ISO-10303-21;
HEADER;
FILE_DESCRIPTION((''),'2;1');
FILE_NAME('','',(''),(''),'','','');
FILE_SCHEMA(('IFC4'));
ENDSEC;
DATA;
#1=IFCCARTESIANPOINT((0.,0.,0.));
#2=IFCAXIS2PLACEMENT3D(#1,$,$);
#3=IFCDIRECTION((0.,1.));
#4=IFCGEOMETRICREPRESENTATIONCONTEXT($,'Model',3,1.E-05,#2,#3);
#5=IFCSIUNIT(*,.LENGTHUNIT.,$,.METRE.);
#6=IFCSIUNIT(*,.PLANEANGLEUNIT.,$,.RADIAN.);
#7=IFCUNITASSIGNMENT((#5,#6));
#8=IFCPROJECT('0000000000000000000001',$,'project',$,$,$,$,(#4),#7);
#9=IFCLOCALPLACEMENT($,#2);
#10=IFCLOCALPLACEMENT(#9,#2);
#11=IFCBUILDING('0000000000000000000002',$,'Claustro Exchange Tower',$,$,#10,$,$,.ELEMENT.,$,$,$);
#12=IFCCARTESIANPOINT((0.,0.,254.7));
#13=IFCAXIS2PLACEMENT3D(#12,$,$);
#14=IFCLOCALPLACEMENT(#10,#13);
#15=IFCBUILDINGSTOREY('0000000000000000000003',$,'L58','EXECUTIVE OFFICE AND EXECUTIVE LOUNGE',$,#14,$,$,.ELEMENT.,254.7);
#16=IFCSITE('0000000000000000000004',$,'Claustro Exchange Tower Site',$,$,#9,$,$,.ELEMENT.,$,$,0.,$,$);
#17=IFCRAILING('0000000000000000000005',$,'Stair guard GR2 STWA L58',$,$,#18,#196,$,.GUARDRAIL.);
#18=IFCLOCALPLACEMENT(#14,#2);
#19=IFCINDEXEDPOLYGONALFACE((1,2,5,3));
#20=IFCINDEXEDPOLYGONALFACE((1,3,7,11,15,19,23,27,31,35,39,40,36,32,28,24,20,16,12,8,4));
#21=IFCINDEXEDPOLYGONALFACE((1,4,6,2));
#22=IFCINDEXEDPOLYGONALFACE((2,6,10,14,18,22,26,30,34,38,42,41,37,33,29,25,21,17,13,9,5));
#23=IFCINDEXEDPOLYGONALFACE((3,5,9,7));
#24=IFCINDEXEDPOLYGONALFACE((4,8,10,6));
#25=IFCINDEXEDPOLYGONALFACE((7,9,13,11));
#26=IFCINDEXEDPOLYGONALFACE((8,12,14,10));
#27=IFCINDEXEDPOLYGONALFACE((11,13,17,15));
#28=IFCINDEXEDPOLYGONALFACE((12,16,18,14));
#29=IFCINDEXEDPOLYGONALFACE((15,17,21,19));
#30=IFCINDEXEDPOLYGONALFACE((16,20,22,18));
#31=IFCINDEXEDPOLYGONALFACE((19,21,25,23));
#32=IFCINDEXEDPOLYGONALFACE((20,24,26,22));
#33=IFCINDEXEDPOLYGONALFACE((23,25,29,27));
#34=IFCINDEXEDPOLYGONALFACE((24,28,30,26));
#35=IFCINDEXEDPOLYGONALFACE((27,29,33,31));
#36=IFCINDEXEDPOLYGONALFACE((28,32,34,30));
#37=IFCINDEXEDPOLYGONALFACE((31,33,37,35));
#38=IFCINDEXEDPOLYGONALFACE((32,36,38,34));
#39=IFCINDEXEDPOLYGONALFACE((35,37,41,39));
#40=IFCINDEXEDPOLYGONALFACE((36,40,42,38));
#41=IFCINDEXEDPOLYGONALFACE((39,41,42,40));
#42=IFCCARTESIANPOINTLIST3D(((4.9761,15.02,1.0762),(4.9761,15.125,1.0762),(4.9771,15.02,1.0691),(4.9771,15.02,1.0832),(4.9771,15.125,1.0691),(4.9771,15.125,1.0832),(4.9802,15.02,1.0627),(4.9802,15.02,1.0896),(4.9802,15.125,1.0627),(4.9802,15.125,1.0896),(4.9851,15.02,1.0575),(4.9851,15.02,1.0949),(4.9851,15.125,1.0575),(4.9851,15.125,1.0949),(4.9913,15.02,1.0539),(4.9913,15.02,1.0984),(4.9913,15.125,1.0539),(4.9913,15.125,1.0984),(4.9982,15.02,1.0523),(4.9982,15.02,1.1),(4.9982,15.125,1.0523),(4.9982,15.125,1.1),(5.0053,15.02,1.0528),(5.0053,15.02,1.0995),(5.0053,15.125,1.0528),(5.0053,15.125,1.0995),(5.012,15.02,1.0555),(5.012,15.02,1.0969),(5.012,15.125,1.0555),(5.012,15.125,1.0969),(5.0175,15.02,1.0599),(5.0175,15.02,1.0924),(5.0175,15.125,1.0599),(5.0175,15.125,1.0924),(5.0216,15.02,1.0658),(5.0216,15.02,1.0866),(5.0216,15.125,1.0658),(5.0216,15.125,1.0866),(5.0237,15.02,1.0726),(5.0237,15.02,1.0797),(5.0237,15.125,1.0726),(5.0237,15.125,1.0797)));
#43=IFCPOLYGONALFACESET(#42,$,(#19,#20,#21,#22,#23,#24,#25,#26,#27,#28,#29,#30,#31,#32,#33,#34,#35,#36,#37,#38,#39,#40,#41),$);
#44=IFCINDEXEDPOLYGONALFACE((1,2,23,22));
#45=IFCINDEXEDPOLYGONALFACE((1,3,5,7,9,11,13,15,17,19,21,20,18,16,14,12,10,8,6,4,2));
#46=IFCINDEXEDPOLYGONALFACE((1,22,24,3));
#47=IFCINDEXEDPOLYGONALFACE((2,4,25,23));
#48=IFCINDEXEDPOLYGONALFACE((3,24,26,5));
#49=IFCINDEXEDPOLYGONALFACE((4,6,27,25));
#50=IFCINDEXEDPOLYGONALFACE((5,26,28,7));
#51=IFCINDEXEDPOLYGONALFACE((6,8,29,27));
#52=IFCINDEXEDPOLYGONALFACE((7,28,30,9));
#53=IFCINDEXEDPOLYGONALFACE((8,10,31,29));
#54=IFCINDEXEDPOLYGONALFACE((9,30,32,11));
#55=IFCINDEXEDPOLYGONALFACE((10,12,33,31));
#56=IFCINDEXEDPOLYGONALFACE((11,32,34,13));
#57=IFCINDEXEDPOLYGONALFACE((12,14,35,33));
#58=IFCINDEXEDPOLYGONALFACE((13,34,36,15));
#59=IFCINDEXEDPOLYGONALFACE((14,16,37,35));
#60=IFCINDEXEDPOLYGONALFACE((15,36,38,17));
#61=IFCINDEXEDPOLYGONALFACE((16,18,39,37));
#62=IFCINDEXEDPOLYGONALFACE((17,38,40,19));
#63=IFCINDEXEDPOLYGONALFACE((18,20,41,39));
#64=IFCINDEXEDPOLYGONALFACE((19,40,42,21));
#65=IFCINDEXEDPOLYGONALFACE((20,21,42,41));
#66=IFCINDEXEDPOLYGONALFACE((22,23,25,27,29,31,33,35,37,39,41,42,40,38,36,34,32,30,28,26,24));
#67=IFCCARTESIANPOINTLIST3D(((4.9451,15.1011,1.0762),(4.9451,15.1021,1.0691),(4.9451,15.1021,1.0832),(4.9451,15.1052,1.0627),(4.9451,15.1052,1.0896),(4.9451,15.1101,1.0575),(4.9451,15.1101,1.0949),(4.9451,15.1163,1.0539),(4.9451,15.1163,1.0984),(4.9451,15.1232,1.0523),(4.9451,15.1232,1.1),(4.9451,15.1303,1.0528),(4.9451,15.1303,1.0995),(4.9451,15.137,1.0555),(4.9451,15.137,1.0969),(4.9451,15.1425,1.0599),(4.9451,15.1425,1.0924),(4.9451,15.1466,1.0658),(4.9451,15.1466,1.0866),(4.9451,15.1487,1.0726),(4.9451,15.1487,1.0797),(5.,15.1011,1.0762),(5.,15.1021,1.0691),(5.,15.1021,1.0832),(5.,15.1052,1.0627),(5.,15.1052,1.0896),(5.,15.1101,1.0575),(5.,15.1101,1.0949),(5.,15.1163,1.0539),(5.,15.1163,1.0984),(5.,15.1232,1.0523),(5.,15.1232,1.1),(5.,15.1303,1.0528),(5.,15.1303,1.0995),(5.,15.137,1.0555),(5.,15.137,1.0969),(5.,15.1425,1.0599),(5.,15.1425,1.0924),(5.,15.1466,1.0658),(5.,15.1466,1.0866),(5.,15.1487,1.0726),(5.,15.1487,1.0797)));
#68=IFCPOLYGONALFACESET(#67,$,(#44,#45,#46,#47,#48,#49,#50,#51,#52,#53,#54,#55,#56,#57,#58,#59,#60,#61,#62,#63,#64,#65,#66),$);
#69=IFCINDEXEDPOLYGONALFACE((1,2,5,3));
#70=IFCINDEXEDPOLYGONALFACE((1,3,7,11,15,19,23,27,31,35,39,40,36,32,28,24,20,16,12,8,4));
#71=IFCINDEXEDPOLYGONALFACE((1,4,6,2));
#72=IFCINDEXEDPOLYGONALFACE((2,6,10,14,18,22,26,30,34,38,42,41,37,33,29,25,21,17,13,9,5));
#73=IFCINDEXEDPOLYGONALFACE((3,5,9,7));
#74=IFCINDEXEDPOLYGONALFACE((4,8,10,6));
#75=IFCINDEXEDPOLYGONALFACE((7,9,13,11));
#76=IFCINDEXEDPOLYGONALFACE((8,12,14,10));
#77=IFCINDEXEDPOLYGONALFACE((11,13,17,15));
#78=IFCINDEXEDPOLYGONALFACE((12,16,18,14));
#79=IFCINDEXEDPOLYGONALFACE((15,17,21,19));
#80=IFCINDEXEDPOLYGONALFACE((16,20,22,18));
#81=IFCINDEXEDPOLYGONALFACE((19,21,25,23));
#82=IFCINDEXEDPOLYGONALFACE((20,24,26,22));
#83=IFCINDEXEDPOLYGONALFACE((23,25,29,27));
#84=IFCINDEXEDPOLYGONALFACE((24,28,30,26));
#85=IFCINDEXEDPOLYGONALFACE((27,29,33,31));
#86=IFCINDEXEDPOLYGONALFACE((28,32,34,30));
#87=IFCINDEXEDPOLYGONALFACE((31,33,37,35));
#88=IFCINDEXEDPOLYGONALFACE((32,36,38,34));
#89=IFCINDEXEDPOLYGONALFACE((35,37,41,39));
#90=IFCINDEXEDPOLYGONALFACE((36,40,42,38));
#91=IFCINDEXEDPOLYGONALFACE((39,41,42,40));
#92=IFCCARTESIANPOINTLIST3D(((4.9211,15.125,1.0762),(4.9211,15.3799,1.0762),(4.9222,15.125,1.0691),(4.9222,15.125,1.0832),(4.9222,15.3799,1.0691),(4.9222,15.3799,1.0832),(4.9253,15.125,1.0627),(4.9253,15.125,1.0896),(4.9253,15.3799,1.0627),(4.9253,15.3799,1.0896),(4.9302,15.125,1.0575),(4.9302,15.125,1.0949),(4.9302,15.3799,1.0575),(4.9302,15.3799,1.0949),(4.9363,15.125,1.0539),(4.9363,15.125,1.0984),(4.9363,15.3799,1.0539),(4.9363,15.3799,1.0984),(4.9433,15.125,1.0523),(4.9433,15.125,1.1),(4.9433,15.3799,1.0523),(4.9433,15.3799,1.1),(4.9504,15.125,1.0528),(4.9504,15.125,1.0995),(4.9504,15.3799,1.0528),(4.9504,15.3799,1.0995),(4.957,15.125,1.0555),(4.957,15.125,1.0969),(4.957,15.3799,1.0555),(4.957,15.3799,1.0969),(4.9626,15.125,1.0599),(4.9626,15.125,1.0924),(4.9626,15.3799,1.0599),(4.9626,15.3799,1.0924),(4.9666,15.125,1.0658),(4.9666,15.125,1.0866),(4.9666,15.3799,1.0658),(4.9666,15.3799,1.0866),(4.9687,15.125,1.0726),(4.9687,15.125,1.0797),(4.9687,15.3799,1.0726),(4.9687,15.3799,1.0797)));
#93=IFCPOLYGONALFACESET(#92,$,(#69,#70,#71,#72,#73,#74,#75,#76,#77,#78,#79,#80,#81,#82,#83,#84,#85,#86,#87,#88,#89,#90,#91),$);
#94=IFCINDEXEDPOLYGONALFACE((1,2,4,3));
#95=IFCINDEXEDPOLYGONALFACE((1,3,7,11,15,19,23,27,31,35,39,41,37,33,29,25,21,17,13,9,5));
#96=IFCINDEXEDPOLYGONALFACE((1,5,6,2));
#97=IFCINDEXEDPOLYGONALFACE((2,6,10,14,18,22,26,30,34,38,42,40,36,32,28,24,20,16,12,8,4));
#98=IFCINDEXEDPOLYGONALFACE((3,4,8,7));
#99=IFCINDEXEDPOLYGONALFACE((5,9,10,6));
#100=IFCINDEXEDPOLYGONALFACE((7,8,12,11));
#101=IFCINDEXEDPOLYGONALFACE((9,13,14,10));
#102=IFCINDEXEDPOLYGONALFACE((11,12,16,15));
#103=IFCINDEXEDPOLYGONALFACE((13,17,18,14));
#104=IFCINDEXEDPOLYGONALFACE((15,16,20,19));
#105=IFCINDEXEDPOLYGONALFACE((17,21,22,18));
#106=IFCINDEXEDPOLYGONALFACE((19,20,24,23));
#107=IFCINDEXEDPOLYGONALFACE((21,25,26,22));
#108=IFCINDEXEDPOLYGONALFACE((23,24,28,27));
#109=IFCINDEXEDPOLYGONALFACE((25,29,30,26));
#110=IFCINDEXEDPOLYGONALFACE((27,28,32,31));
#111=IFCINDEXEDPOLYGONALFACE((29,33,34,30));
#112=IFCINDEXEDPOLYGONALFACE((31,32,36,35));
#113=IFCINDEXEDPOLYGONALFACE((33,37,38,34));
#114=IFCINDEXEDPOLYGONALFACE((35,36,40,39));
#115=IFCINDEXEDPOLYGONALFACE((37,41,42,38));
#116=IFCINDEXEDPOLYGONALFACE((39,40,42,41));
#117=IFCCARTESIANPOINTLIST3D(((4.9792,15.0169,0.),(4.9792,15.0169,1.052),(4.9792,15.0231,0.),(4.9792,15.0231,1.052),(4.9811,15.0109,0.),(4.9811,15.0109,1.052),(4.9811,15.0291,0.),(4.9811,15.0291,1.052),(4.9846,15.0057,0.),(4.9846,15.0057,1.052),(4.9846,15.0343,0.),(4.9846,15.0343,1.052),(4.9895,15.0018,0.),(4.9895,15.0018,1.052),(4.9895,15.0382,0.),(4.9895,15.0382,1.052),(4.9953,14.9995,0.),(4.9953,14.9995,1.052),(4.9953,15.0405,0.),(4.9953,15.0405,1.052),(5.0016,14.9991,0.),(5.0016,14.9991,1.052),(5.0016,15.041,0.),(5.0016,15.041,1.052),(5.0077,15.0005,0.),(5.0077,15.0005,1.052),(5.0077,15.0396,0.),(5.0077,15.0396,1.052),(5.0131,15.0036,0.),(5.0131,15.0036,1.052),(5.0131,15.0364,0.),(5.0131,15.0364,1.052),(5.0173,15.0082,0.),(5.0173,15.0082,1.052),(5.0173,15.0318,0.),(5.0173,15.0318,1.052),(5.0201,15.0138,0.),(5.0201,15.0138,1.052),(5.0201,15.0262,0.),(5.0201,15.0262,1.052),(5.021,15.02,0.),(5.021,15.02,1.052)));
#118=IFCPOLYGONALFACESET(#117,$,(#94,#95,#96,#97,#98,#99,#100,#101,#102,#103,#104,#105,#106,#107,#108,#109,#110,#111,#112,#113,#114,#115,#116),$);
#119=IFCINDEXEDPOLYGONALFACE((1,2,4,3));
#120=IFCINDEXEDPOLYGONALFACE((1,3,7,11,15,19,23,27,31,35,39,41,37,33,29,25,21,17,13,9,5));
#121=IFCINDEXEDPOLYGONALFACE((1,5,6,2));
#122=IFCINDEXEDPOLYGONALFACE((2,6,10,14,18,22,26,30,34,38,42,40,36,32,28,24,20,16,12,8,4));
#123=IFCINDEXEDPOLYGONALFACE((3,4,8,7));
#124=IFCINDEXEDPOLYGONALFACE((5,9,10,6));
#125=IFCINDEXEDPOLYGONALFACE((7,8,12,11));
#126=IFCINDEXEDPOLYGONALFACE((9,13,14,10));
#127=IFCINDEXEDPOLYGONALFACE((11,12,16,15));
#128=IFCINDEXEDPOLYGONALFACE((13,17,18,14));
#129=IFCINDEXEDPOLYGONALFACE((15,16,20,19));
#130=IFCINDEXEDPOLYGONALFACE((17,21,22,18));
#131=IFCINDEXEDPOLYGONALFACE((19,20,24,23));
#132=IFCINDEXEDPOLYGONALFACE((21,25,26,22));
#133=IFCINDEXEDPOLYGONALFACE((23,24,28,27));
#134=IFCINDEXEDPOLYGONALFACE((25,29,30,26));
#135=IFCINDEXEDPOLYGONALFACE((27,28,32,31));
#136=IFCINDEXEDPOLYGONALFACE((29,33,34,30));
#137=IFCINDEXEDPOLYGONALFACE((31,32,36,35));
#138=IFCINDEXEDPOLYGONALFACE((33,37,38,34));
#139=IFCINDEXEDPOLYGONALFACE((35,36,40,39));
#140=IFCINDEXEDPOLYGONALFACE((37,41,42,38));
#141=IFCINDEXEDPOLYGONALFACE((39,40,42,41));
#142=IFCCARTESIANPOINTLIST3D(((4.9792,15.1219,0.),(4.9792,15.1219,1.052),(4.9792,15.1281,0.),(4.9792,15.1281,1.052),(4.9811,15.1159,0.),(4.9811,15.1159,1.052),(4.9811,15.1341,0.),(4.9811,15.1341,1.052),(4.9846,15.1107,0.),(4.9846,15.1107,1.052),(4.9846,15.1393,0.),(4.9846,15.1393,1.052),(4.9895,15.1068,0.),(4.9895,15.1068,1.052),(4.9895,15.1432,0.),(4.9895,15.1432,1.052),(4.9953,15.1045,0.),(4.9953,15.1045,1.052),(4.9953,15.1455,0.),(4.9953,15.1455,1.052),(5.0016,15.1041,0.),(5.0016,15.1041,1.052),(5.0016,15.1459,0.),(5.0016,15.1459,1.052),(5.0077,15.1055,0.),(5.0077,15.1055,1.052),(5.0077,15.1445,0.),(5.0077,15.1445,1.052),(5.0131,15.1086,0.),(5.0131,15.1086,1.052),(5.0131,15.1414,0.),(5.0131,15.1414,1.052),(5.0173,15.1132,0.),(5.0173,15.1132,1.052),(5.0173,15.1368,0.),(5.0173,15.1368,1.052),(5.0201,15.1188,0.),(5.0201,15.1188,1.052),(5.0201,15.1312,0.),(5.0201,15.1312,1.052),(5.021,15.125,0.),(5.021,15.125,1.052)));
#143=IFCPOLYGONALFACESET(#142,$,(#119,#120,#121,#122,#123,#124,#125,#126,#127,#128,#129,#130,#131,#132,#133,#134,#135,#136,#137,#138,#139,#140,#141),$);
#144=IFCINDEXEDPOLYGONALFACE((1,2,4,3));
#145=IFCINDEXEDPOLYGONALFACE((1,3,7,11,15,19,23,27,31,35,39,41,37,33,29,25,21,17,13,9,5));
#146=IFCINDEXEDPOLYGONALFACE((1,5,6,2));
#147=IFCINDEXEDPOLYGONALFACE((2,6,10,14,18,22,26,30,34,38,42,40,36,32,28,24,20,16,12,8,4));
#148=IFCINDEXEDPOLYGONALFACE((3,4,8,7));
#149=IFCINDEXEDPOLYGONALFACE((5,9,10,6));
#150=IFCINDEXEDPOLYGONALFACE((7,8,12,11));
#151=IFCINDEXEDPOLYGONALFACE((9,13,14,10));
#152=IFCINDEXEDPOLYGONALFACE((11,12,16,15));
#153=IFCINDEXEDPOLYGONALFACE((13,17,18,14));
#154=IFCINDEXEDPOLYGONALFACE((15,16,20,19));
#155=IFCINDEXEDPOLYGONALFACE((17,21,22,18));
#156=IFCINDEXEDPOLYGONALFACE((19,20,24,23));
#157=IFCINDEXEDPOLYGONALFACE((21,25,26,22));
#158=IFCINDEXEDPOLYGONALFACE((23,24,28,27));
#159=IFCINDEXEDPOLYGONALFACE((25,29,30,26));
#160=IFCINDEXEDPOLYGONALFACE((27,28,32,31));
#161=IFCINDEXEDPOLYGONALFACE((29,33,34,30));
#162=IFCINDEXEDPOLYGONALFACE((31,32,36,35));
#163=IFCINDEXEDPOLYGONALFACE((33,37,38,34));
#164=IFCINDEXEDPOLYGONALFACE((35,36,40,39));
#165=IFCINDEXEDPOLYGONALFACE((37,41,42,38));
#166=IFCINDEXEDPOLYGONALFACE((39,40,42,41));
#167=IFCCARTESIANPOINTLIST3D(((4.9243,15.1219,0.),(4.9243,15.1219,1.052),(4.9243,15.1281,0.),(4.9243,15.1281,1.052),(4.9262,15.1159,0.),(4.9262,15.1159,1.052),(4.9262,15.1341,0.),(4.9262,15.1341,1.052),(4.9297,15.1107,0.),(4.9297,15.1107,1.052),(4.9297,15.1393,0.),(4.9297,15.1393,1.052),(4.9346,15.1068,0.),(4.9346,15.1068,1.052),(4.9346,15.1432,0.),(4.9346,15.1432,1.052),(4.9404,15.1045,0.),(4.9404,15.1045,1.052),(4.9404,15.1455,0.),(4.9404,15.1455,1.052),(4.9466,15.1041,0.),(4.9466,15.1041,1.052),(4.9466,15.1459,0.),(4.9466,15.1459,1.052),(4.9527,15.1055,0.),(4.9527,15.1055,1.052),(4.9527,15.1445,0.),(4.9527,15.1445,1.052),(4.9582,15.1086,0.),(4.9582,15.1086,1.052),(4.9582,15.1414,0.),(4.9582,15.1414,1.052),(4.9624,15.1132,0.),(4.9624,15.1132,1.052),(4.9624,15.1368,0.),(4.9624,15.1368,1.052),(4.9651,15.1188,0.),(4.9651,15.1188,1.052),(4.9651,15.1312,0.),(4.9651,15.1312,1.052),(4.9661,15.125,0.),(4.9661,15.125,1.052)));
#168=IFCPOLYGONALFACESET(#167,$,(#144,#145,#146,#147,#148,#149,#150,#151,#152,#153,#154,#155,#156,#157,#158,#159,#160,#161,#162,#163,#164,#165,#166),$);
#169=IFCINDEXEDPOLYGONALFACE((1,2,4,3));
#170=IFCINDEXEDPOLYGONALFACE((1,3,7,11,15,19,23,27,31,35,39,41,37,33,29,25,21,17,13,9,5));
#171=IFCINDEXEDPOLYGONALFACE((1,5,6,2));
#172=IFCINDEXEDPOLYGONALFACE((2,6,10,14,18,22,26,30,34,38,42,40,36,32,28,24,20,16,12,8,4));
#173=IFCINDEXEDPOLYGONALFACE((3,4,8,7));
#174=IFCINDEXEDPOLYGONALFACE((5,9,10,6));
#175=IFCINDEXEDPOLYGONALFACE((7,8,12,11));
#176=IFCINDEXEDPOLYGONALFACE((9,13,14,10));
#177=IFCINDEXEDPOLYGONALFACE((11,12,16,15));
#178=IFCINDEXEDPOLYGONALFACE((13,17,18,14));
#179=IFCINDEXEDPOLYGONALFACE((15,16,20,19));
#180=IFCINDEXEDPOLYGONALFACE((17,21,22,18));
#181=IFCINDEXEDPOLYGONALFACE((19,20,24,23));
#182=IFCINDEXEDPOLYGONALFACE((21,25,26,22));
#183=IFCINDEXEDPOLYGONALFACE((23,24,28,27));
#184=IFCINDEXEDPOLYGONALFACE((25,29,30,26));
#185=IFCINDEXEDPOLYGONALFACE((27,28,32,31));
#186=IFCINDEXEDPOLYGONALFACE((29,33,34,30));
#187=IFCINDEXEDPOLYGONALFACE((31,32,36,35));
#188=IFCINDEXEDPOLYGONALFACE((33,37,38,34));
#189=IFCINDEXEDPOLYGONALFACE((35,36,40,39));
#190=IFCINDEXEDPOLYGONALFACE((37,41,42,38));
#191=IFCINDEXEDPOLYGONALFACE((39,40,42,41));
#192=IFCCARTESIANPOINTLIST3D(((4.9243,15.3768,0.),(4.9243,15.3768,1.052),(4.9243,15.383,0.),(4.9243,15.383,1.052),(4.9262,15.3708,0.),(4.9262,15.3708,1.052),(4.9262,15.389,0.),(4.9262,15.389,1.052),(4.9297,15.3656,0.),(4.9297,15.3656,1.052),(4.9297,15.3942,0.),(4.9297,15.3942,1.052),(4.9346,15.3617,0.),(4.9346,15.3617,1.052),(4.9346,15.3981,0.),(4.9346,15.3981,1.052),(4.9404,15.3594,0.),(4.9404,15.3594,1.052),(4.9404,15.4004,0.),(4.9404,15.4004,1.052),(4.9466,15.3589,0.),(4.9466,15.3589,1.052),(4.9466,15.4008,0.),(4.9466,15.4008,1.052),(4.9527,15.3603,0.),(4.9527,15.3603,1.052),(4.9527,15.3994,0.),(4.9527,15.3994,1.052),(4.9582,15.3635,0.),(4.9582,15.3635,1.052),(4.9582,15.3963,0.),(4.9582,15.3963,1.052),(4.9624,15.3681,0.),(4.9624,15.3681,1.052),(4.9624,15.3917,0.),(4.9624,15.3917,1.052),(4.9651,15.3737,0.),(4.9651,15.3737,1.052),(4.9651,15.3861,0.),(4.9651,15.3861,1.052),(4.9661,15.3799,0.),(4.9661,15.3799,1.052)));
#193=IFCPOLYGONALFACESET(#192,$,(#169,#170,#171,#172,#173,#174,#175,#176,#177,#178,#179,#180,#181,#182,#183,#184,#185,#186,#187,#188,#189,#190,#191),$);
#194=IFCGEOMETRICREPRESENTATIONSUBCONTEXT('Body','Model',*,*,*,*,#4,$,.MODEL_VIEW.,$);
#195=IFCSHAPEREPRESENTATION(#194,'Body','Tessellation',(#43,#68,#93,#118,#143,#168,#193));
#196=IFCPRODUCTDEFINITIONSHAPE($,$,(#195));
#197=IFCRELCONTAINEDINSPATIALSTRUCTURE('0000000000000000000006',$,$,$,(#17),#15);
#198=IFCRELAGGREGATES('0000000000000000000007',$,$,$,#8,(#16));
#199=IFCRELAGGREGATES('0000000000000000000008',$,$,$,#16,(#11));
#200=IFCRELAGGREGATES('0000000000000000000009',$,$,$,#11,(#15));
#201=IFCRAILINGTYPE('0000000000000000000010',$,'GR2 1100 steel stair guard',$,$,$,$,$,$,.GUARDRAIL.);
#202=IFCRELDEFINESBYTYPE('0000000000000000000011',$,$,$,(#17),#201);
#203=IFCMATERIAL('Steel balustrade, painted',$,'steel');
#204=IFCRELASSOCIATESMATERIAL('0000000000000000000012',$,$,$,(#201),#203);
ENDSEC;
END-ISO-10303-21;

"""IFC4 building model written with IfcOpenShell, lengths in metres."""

from ifc_helpers import new_model, si_unit, direction, frame, origin, origin_2d, place, context, subcontext, project, spatial, circle, extrude, material, type_object, element, save


model = new_model("IFC4")

# Units and contexts
model_context = context("Model", 3, precision=1e-05, world=origin(), true_north=direction((0.0, 1.0)))
body_context = subcontext(model_context, "Body", "Model", "MODEL_VIEW")
ifc_project = project(units=[si_unit("LENGTHUNIT", "METRE"), si_unit("PLANEANGLEUNIT", "RADIAN")], contexts=[model_context])

# Site, building, storey
site_placement = place(None, origin())
site = spatial("IfcSite", under=ifc_project, at=site_placement, Name="Claustro Exchange Tower Site", CompositionType="ELEMENT", RefElevation=0.0)
building_placement = place(site_placement, origin())
building = spatial("IfcBuilding", under=site, at=building_placement, Name="Claustro Exchange Tower", CompositionType="ELEMENT")
storey_placement = place(building_placement, frame((0.0, 0.0, 254.7)))
storey = spatial("IfcBuildingStorey", under=building, at=storey_placement, Name="L58", Description="EXECUTIVE OFFICE AND EXECUTIVE LOUNGE", CompositionType="ELEMENT", Elevation=254.7)

# Railing
ifc_material_1 = material(Name="Steel balustrade, painted", Category="steel")
railing_type_1 = type_object("IfcRailingType", Name="GR2 1100 steel stair guard", PredefinedType="GUARDRAIL", material=ifc_material_1)
railing_1_placement = place(storey_placement, frame((5.0, 15.02, 0.0)))
element("IfcRailing", 1, at=railing_1_placement, inside=storey, type_object=railing_type_1, Name="Stair guard GR2 STWA L58", PredefinedType="GUARDRAIL", context=body_context, shape_type="SweptSolid", body=[
    extrude(circle(Radius=0.0239, at=origin_2d()), frame((0.0, 0.0, 1.0762), z_axis=(0.0, 1.0, 0.0), x_axis=(-1.0, 0.0, 0.0)), (0.0, 0.0, 1.0), 0.105),
    extrude(circle(Radius=0.0239, at=origin_2d()), frame((0.0, 0.105, 1.0762), z_axis=(-1.0, 0.0, 0.0), x_axis=(0.0, -1.0, 0.0)), (0.0, 0.0, 1.0), 0.0549),
    extrude(circle(Radius=0.0239, at=origin_2d()), frame((-0.0549, 0.105, 1.0762), z_axis=(0.0, 1.0, 0.0), x_axis=(-1.0, 0.0, 0.0)), (0.0, 0.0, 1.0), 0.2549),
    extrude(circle(Radius=0.021, at=origin_2d()), origin(), (0.0, 0.0, 1.0), 1.052),
    extrude(circle(Radius=0.021, at=origin_2d()), frame((0.0, 0.105, 0.0)), (0.0, 0.0, 1.0), 1.052),
    extrude(circle(Radius=0.021, at=origin_2d()), frame((-0.0549, 0.105, 0.0)), (0.0, 0.0, 1.0), 1.052),
    extrude(circle(Radius=0.021, at=origin_2d()), frame((-0.0549, 0.3599, 0.0)), (0.0, 0.0, 1.0), 1.052),
])

save(model, "model.ifc")
